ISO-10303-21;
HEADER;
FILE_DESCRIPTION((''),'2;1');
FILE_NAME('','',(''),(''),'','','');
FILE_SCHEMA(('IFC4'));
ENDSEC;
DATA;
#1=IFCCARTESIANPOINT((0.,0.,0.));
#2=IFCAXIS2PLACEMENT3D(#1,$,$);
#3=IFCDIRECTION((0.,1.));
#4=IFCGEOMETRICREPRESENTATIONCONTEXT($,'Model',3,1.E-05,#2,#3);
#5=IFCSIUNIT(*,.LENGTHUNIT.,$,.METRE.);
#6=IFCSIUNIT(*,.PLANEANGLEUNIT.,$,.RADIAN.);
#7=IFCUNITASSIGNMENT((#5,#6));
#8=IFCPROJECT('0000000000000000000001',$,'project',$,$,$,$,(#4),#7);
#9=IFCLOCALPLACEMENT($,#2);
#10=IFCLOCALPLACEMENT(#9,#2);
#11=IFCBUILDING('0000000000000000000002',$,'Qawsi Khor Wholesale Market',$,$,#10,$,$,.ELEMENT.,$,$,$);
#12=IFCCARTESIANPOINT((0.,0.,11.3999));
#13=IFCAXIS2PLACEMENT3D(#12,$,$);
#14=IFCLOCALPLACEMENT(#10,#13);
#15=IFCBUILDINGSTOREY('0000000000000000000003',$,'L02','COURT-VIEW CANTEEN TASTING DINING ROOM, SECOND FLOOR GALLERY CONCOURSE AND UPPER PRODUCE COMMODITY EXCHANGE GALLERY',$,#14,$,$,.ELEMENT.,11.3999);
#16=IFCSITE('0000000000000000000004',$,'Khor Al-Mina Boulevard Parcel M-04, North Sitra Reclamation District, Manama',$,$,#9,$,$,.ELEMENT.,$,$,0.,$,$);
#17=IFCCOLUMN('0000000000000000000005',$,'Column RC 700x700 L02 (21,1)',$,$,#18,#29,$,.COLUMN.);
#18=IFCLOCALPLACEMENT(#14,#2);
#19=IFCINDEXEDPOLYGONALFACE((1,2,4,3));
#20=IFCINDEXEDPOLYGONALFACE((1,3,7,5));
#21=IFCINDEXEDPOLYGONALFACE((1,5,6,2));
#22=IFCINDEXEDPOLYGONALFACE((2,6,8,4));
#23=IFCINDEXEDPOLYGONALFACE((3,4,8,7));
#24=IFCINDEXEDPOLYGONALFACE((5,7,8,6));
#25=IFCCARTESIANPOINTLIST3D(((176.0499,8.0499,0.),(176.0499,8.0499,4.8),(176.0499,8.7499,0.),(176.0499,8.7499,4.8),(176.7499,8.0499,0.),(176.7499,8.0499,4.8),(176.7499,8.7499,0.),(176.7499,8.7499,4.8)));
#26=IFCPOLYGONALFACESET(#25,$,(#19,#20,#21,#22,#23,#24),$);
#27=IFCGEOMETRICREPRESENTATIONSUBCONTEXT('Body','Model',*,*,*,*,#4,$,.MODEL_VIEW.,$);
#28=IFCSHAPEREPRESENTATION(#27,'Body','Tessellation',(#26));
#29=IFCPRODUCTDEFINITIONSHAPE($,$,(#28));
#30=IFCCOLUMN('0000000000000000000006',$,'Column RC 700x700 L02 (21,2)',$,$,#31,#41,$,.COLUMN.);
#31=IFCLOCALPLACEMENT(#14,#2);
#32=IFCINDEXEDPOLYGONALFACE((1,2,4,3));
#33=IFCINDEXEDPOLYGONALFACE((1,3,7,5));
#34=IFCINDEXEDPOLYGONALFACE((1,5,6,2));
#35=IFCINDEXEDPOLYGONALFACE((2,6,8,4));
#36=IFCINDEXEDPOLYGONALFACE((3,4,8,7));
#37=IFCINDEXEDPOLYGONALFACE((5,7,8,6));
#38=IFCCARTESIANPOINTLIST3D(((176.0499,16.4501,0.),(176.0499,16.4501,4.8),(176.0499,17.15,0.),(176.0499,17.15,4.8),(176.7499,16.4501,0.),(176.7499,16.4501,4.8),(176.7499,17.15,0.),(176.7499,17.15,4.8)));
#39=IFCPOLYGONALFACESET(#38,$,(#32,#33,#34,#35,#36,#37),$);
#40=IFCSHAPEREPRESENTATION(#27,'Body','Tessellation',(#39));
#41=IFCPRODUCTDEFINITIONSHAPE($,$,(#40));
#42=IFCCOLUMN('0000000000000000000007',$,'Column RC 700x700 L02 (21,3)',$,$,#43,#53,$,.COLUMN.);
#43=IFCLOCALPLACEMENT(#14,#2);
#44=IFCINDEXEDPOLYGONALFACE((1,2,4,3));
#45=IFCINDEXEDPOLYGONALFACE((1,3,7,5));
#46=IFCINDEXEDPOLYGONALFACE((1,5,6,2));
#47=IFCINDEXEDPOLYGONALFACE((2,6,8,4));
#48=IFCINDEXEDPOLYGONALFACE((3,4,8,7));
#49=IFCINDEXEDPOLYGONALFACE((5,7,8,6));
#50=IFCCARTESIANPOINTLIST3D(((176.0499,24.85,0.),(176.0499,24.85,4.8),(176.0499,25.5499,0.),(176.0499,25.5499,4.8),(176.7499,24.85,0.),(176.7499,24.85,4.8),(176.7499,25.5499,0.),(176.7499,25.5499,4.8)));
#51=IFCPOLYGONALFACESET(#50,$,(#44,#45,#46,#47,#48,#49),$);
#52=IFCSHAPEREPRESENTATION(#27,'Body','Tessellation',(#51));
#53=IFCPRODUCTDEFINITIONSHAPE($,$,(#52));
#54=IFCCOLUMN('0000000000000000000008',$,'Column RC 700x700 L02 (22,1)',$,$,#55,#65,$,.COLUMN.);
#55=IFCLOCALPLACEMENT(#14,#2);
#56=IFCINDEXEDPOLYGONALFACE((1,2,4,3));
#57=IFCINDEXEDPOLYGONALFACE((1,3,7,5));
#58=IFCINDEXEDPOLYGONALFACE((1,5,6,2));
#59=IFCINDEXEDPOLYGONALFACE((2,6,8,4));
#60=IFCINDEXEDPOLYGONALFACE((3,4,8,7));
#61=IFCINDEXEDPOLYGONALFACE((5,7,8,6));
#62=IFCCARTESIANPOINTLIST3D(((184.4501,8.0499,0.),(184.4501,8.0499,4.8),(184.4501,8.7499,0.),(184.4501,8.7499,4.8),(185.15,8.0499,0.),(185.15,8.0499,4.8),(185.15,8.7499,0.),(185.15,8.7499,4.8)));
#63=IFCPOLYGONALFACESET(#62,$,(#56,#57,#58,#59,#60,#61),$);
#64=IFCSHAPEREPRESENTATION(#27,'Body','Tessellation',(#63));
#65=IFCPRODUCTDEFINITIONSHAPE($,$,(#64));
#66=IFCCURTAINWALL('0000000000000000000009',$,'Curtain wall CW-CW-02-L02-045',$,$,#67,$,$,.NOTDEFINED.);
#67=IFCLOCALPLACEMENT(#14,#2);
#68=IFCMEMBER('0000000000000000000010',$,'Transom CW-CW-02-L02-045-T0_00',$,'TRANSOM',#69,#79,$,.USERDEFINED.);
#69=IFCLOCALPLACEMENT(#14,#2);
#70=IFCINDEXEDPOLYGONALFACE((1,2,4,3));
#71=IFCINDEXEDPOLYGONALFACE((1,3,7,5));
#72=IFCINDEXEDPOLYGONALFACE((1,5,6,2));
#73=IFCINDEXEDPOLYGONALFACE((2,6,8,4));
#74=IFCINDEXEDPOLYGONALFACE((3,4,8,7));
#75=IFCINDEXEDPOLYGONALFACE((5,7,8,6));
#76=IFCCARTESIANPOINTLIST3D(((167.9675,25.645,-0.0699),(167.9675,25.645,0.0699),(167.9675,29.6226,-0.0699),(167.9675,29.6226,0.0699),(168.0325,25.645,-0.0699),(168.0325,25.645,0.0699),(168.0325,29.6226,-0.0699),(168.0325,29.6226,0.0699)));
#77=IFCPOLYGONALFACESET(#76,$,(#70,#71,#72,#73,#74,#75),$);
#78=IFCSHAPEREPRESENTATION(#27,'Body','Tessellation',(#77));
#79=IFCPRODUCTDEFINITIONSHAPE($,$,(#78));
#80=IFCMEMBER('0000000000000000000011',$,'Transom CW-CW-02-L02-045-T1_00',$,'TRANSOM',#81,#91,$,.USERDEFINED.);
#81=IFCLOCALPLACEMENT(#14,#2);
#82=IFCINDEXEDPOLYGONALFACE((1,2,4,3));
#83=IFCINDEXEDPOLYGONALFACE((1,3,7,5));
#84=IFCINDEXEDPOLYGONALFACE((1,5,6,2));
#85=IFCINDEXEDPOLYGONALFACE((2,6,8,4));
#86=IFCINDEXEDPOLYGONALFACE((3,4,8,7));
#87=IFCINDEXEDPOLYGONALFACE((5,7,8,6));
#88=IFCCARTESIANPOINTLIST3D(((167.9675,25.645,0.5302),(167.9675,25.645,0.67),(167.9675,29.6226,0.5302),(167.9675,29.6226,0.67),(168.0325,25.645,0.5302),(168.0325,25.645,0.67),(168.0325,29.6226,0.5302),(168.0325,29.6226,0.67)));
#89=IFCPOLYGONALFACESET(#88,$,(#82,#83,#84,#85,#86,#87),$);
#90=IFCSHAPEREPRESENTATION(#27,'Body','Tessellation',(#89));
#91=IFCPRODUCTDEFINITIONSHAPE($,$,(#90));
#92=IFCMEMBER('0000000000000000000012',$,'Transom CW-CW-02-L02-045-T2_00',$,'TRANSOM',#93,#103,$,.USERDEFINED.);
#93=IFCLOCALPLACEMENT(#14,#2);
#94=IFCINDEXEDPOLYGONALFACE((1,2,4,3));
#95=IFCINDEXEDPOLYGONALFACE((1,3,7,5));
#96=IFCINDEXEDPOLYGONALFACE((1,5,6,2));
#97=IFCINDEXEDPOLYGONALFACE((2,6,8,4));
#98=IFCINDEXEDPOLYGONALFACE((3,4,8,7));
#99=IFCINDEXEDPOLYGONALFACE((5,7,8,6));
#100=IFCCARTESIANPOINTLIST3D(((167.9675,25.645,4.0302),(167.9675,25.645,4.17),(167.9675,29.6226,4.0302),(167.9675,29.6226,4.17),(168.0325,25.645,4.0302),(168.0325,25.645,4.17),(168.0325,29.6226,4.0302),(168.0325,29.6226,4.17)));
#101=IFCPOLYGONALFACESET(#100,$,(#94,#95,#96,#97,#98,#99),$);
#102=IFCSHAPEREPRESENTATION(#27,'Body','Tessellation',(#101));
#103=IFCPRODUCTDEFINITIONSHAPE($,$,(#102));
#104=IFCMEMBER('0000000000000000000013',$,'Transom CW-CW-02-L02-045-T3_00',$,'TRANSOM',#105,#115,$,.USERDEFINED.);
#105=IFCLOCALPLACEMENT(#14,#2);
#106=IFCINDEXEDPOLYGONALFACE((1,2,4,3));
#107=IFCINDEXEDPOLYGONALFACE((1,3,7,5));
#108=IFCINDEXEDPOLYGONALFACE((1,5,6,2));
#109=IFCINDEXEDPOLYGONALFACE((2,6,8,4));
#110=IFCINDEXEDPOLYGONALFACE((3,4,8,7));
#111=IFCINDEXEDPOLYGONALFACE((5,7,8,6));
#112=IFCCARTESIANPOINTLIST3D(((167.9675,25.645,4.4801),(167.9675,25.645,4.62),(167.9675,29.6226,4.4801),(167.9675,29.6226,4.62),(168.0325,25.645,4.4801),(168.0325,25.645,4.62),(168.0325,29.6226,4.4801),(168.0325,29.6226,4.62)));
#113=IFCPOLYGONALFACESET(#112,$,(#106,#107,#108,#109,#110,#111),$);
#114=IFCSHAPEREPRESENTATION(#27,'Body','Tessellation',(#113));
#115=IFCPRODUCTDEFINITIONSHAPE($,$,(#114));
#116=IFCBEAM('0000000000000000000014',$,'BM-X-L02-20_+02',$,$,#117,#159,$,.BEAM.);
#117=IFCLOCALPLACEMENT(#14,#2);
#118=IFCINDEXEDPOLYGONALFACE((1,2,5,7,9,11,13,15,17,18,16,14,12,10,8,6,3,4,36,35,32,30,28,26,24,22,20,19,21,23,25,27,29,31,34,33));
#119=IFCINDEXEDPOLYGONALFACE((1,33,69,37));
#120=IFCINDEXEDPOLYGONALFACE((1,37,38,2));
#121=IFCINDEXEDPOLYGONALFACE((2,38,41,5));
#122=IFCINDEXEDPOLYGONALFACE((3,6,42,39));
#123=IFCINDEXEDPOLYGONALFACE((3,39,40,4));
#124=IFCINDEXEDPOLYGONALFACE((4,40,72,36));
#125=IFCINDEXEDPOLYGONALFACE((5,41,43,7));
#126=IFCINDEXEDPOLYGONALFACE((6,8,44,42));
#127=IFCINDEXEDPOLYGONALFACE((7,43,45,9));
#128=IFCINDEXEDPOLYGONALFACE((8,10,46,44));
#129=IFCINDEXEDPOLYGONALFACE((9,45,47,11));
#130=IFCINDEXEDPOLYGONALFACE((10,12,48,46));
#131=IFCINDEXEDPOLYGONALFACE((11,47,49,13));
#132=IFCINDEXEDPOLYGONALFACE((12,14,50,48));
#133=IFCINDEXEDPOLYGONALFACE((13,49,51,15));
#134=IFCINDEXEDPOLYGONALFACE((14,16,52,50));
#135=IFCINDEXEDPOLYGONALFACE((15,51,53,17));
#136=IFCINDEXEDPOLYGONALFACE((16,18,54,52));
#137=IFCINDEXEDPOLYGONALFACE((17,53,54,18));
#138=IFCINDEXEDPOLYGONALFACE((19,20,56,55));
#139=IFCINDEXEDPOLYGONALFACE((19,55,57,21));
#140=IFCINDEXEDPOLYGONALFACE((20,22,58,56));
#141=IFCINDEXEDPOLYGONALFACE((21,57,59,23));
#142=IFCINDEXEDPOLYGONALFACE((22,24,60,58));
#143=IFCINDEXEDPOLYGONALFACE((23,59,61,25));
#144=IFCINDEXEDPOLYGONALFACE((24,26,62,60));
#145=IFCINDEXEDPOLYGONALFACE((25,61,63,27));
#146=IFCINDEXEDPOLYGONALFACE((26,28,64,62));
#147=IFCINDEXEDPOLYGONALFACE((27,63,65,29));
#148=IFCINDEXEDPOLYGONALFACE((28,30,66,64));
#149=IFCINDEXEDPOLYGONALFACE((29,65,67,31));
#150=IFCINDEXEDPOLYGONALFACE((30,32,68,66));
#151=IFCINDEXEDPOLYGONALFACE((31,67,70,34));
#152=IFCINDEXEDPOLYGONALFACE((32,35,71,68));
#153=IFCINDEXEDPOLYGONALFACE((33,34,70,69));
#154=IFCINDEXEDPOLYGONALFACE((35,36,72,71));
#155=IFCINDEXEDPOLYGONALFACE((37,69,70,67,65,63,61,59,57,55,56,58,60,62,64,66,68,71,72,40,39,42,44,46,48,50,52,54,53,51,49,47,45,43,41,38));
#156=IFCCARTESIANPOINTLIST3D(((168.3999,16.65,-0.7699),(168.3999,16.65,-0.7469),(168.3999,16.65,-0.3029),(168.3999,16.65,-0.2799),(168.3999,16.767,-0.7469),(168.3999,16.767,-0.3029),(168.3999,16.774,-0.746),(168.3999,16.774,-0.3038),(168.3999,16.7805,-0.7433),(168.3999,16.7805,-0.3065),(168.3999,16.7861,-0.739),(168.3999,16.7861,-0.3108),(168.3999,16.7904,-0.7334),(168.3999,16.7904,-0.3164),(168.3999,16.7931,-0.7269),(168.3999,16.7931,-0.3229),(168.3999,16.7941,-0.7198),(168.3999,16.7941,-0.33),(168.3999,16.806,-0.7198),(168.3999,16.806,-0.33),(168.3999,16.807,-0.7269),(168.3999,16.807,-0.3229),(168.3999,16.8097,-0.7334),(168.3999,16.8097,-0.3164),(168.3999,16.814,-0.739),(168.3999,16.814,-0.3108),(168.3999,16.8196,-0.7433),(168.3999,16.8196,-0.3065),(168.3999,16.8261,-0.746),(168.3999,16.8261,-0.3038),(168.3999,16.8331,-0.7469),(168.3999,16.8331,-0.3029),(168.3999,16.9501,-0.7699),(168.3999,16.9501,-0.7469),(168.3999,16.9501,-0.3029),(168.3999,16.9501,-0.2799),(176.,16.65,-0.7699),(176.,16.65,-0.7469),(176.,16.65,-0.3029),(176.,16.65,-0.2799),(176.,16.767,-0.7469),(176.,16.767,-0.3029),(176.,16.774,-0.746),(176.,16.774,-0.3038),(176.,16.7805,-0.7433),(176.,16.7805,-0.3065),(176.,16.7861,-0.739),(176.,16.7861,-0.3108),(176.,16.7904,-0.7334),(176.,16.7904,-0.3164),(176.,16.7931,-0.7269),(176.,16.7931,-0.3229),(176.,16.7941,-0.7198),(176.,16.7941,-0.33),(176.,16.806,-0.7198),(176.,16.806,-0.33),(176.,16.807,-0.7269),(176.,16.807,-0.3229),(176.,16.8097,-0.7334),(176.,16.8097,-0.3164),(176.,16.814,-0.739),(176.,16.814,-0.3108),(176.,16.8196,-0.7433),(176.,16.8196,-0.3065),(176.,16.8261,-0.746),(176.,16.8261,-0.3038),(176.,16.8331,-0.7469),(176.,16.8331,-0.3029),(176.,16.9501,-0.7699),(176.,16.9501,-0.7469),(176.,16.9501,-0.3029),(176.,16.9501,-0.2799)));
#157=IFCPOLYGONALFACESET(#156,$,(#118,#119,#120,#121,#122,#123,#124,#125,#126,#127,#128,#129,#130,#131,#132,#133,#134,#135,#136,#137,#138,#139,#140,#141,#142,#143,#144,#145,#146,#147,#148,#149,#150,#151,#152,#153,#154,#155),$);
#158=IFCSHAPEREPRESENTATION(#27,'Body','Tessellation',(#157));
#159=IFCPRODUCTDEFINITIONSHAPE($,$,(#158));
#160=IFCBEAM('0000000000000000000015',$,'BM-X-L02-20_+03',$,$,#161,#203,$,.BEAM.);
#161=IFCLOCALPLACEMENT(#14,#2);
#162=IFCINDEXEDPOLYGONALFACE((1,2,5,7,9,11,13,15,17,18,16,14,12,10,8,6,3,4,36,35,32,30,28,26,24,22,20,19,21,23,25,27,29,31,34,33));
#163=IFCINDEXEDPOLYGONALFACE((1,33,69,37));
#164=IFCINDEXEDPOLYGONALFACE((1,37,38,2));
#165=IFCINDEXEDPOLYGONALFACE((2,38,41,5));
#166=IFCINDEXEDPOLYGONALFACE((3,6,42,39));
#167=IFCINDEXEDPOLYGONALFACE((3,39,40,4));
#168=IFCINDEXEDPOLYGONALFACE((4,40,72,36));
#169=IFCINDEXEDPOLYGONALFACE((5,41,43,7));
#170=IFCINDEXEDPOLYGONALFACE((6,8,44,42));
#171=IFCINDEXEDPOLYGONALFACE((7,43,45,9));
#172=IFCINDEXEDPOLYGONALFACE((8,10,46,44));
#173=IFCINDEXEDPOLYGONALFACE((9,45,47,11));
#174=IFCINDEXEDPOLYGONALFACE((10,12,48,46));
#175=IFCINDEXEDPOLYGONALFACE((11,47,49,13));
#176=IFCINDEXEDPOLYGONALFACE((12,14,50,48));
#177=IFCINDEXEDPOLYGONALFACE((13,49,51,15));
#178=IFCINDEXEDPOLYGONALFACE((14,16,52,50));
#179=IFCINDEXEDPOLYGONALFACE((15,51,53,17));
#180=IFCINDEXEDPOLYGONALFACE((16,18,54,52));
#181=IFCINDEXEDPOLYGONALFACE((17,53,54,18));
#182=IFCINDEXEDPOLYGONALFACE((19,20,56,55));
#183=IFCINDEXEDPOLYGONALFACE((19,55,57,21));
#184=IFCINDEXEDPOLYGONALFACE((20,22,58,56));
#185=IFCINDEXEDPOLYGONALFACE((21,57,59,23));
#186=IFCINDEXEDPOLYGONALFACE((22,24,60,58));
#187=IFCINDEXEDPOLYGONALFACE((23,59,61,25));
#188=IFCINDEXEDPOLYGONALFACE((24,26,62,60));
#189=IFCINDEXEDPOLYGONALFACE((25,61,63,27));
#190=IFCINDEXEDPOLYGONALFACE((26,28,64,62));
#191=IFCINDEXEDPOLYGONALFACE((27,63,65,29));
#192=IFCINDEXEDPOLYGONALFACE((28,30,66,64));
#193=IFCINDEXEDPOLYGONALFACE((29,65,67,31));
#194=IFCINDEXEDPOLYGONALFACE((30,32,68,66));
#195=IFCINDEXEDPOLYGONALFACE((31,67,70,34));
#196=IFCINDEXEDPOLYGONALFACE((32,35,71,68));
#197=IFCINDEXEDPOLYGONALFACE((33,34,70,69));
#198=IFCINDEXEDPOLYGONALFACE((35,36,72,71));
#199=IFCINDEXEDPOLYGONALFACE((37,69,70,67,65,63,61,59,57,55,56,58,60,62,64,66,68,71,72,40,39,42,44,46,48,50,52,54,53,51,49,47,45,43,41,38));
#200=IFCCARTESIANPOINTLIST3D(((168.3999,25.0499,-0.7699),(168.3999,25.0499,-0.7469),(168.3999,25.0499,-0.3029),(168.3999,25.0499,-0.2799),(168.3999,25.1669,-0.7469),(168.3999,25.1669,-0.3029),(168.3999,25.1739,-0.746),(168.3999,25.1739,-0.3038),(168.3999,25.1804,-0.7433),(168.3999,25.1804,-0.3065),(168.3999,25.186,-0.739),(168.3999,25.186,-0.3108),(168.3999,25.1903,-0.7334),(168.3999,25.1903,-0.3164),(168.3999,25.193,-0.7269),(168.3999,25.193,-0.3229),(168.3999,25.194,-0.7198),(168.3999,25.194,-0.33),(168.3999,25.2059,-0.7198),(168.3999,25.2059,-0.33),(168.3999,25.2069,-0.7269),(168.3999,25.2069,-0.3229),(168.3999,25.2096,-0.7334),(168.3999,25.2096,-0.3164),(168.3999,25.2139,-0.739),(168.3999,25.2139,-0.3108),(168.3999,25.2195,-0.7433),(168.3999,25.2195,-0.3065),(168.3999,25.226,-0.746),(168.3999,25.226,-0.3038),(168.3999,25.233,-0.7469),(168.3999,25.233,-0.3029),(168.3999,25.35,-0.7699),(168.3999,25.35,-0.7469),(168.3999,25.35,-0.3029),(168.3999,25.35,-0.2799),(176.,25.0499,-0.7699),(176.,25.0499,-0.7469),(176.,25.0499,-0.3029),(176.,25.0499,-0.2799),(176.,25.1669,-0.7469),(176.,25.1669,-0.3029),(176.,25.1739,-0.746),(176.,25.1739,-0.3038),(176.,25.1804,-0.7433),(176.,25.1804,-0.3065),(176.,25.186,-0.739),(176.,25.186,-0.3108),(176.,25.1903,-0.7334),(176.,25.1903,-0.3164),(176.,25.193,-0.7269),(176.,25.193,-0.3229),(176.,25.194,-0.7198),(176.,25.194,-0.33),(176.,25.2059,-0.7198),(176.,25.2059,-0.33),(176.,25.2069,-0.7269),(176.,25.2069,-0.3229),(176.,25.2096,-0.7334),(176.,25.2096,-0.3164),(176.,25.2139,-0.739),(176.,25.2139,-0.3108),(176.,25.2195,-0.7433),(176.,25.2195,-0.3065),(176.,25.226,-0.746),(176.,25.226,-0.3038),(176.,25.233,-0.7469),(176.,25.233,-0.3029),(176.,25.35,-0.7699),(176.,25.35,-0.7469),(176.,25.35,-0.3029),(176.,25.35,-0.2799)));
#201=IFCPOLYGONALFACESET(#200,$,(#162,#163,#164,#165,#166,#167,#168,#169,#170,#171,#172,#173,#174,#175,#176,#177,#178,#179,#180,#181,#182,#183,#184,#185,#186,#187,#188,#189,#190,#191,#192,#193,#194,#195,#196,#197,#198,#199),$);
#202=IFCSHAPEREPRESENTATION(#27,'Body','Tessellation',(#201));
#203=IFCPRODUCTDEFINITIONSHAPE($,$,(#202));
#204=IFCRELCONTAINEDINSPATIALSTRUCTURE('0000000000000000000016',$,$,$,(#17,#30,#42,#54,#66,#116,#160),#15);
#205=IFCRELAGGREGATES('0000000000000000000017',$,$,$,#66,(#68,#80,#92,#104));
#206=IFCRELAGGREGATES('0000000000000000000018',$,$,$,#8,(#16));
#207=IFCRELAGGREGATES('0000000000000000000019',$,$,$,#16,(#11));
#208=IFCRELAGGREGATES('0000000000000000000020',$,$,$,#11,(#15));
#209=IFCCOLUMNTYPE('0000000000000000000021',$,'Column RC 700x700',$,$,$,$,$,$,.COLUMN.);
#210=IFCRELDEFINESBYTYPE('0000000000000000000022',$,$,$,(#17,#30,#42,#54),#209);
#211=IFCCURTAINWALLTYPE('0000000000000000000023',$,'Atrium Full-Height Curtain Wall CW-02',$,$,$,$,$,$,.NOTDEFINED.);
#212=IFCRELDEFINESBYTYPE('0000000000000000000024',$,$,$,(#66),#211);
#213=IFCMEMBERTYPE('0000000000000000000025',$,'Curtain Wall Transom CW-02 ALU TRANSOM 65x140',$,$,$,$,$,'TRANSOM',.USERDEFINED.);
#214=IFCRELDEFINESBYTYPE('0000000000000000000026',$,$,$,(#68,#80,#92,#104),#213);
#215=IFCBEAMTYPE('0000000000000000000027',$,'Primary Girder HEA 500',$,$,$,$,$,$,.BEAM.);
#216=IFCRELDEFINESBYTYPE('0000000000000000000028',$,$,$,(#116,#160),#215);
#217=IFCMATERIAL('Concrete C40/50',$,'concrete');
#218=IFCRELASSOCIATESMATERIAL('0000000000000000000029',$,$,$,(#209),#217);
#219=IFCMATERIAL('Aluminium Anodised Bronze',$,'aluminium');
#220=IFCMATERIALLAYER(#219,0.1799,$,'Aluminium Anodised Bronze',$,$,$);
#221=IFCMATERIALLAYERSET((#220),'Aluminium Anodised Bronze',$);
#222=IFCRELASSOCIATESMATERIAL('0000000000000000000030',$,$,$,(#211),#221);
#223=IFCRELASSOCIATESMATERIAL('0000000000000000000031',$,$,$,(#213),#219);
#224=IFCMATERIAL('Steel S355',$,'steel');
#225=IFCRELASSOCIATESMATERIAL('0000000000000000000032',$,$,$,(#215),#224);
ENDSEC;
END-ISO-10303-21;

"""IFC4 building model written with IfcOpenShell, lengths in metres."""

from ifc_helpers import new_model, si_unit, direction, frame, origin, origin_2d, place, context, subcontext, project, spatial, rectangle, i_section, extrude, material, layer, layer_set, material_profile, profile_set, type_object, element, aggregate, save


model = new_model("IFC4")

# Units and contexts
model_context = context("Model", 3, precision=1e-05, world=origin(), true_north=direction((0.0, 1.0)))
body_context = subcontext(model_context, "Body", "Model", "MODEL_VIEW")
ifc_project = project(units=[si_unit("LENGTHUNIT", "METRE"), si_unit("PLANEANGLEUNIT", "RADIAN")], contexts=[model_context])

# Site, building, storey
site_placement = place(None, origin())
site = spatial("IfcSite", under=ifc_project, at=site_placement, Name="Khor Al-Mina Boulevard Parcel M-04, North Sitra Reclamation District, Manama", CompositionType="ELEMENT", RefElevation=0.0)
building_placement = place(site_placement, origin())
building = spatial("IfcBuilding", under=site, at=building_placement, Name="Qawsi Khor Wholesale Market", CompositionType="ELEMENT")
storey_placement = place(building_placement, frame((0.0, 0.0, 11.3999)))
storey = spatial("IfcBuildingStorey", under=building, at=storey_placement, Name="L02", Description="COURT-VIEW CANTEEN TASTING DINING ROOM, SECOND FLOOR GALLERY CONCOURSE AND UPPER PRODUCE COMMODITY EXCHANGE GALLERY", CompositionType="ELEMENT", Elevation=11.3999)

# Columns
ifc_material_1 = material(Name="Concrete C40/50", Category="concrete")
ifc_material_profile_1 = material_profile(ifc_material_1, rectangle(XDim=0.7, YDim=0.7, at=origin_2d()), Name="RC 700x700")
ifc_profile_set_1 = profile_set([ifc_material_profile_1], Name="Concrete C40/50")
column_type = type_object("IfcColumnType", Name="Column RC 700x700", PredefinedType="COLUMN", material=ifc_profile_set_1)
for number, where, z_axis, x_axis, name in (
    (1, (176.3999, 8.3999, 0.0), (0.0, 0.0, 1.0), (1.0, 0.0, 0.0), "Column RC 700x700 L02 (21,1)"),
    (2, (176.3999, 16.8, 0.0), (0.0, 0.0, 1.0), (1.0, 0.0, 0.0), "Column RC 700x700 L02 (21,2)"),
    (3, (176.3999, 25.2, 0.0), (0.0, 0.0, 1.0), (1.0, 0.0, 0.0), "Column RC 700x700 L02 (21,3)"),
    (4, (184.8, 8.3999, 0.0), (0.0, 0.0, 1.0), (1.0, 0.0, 0.0), "Column RC 700x700 L02 (22,1)"),
):
    element("IfcColumn", number, at=place(storey_placement, frame(where, z_axis=z_axis, x_axis=x_axis)), inside=storey, type_object=column_type, Name=name, PredefinedType="COLUMN", context=body_context, shape_type="SweptSolid", body=[
        extrude(rectangle(XDim=0.7, YDim=0.7, at=origin_2d()), origin(), (0.0, 0.0, 1.0), 4.8),
    ])

# Curtain wall, members
ifc_material_2 = material(Name="Aluminium Anodised Bronze", Category="aluminium")
ifc_layer_1 = layer(ifc_material_2, 0.1799, Name="Aluminium Anodised Bronze")
ifc_layer_set_1 = layer_set([ifc_layer_1], Name="Aluminium Anodised Bronze")
curtain_wall_type = type_object("IfcCurtainWallType", Name="Atrium Full-Height Curtain Wall CW-02", PredefinedType="NOTDEFINED", material=ifc_layer_set_1)
curtain_wall_placement = place(storey_placement, origin())
curtain_wall = element("IfcCurtainWall", 5, at=curtain_wall_placement, inside=storey, type_object=curtain_wall_type, Name="Curtain wall CW-CW-02-L02-045", PredefinedType="NOTDEFINED")
ifc_material_profile_2 = material_profile(ifc_material_2, rectangle(XDim=0.0649, YDim=0.1399, at=origin_2d()), Name="ALU TRANSOM 65x140")
ifc_profile_set_2 = profile_set([ifc_material_profile_2], Name="Aluminium Anodised Bronze")
member_type = type_object("IfcMemberType", Name="Curtain Wall Transom CW-02 ALU TRANSOM 65x140", ElementType="TRANSOM", PredefinedType="USERDEFINED", material=ifc_profile_set_2)
member_1_placement = place(storey_placement, frame((168.0, 25.645, 0.0), z_axis=(0.0, 1.0, 0.0), x_axis=(-1.0, 0.0, 0.0)))
member_1 = element("IfcMember", 6, at=member_1_placement, type_object=member_type, Name="Transom CW-CW-02-L02-045-T0_00", ObjectType="TRANSOM", PredefinedType="USERDEFINED", context=body_context, shape_type="SweptSolid", body=[
    extrude(rectangle(XDim=0.0649, YDim=0.1399, at=origin_2d()), origin(), (0.0, 0.0, 1.0), 3.9775),
])
member_2_placement = place(storey_placement, frame((168.0, 25.645, 0.6001), z_axis=(0.0, 1.0, 0.0), x_axis=(-1.0, 0.0, 0.0)))
member_2 = element("IfcMember", 7, at=member_2_placement, type_object=member_type, Name="Transom CW-CW-02-L02-045-T1_00", ObjectType="TRANSOM", PredefinedType="USERDEFINED", context=body_context, shape_type="SweptSolid", body=[
    extrude(rectangle(XDim=0.0649, YDim=0.1399, at=origin_2d()), origin(), (0.0, 0.0, 1.0), 3.9775),
])
member_3_placement = place(storey_placement, frame((168.0, 25.645, 4.1001), z_axis=(0.0, 1.0, 0.0), x_axis=(-1.0, 0.0, 0.0)))
member_3 = element("IfcMember", 8, at=member_3_placement, type_object=member_type, Name="Transom CW-CW-02-L02-045-T2_00", ObjectType="TRANSOM", PredefinedType="USERDEFINED", context=body_context, shape_type="SweptSolid", body=[
    extrude(rectangle(XDim=0.0649, YDim=0.1399, at=origin_2d()), origin(), (0.0, 0.0, 1.0), 3.9775),
])
member_4_placement = place(storey_placement, frame((168.0, 25.645, 4.55), z_axis=(0.0, 1.0, 0.0), x_axis=(-1.0, 0.0, 0.0)))
member_4 = element("IfcMember", 9, at=member_4_placement, type_object=member_type, Name="Transom CW-CW-02-L02-045-T3_00", ObjectType="TRANSOM", PredefinedType="USERDEFINED", context=body_context, shape_type="SweptSolid", body=[
    extrude(rectangle(XDim=0.0649, YDim=0.1399, at=origin_2d()), origin(), (0.0, 0.0, 1.0), 3.9775),
])
aggregate(curtain_wall, [member_1, member_2, member_3, member_4])

# Beams
ifc_material_3 = material(Name="Steel S355", Category="steel")
ifc_material_profile_3 = material_profile(ifc_material_3, i_section(OverallWidth=0.3, OverallDepth=0.49, WebThickness=0.012, FlangeThickness=0.0229, FilletRadius=0.0271, at=origin_2d()), Name="HEA 500")
ifc_profile_set_3 = profile_set([ifc_material_profile_3], Name="Steel S355")
beam_type_1 = type_object("IfcBeamType", Name="Primary Girder HEA 500", PredefinedType="BEAM", material=ifc_profile_set_3)
for number, where, z_axis, x_axis, name in (
    (10, (168.3999, 16.8, -0.5249), (1.0, 0.0, 0.0), (0.0, 1.0, 0.0), "BM-X-L02-20_+02"),
    (11, (168.3999, 25.2, -0.5249), (1.0, 0.0, 0.0), (0.0, 1.0, 0.0), "BM-X-L02-20_+03"),
):
    element("IfcBeam", number, at=place(storey_placement, frame(where, z_axis=z_axis, x_axis=x_axis)), inside=storey, type_object=beam_type_1, Name=name, PredefinedType="BEAM", context=body_context, shape_type="SweptSolid", body=[
        extrude(i_section(OverallWidth=0.3, OverallDepth=0.49, WebThickness=0.012, FlangeThickness=0.0229, FilletRadius=0.0271, at=origin_2d()), origin(), (0.0, 0.0, 1.0), 7.6001),
    ])

save(model, "model.ifc")
